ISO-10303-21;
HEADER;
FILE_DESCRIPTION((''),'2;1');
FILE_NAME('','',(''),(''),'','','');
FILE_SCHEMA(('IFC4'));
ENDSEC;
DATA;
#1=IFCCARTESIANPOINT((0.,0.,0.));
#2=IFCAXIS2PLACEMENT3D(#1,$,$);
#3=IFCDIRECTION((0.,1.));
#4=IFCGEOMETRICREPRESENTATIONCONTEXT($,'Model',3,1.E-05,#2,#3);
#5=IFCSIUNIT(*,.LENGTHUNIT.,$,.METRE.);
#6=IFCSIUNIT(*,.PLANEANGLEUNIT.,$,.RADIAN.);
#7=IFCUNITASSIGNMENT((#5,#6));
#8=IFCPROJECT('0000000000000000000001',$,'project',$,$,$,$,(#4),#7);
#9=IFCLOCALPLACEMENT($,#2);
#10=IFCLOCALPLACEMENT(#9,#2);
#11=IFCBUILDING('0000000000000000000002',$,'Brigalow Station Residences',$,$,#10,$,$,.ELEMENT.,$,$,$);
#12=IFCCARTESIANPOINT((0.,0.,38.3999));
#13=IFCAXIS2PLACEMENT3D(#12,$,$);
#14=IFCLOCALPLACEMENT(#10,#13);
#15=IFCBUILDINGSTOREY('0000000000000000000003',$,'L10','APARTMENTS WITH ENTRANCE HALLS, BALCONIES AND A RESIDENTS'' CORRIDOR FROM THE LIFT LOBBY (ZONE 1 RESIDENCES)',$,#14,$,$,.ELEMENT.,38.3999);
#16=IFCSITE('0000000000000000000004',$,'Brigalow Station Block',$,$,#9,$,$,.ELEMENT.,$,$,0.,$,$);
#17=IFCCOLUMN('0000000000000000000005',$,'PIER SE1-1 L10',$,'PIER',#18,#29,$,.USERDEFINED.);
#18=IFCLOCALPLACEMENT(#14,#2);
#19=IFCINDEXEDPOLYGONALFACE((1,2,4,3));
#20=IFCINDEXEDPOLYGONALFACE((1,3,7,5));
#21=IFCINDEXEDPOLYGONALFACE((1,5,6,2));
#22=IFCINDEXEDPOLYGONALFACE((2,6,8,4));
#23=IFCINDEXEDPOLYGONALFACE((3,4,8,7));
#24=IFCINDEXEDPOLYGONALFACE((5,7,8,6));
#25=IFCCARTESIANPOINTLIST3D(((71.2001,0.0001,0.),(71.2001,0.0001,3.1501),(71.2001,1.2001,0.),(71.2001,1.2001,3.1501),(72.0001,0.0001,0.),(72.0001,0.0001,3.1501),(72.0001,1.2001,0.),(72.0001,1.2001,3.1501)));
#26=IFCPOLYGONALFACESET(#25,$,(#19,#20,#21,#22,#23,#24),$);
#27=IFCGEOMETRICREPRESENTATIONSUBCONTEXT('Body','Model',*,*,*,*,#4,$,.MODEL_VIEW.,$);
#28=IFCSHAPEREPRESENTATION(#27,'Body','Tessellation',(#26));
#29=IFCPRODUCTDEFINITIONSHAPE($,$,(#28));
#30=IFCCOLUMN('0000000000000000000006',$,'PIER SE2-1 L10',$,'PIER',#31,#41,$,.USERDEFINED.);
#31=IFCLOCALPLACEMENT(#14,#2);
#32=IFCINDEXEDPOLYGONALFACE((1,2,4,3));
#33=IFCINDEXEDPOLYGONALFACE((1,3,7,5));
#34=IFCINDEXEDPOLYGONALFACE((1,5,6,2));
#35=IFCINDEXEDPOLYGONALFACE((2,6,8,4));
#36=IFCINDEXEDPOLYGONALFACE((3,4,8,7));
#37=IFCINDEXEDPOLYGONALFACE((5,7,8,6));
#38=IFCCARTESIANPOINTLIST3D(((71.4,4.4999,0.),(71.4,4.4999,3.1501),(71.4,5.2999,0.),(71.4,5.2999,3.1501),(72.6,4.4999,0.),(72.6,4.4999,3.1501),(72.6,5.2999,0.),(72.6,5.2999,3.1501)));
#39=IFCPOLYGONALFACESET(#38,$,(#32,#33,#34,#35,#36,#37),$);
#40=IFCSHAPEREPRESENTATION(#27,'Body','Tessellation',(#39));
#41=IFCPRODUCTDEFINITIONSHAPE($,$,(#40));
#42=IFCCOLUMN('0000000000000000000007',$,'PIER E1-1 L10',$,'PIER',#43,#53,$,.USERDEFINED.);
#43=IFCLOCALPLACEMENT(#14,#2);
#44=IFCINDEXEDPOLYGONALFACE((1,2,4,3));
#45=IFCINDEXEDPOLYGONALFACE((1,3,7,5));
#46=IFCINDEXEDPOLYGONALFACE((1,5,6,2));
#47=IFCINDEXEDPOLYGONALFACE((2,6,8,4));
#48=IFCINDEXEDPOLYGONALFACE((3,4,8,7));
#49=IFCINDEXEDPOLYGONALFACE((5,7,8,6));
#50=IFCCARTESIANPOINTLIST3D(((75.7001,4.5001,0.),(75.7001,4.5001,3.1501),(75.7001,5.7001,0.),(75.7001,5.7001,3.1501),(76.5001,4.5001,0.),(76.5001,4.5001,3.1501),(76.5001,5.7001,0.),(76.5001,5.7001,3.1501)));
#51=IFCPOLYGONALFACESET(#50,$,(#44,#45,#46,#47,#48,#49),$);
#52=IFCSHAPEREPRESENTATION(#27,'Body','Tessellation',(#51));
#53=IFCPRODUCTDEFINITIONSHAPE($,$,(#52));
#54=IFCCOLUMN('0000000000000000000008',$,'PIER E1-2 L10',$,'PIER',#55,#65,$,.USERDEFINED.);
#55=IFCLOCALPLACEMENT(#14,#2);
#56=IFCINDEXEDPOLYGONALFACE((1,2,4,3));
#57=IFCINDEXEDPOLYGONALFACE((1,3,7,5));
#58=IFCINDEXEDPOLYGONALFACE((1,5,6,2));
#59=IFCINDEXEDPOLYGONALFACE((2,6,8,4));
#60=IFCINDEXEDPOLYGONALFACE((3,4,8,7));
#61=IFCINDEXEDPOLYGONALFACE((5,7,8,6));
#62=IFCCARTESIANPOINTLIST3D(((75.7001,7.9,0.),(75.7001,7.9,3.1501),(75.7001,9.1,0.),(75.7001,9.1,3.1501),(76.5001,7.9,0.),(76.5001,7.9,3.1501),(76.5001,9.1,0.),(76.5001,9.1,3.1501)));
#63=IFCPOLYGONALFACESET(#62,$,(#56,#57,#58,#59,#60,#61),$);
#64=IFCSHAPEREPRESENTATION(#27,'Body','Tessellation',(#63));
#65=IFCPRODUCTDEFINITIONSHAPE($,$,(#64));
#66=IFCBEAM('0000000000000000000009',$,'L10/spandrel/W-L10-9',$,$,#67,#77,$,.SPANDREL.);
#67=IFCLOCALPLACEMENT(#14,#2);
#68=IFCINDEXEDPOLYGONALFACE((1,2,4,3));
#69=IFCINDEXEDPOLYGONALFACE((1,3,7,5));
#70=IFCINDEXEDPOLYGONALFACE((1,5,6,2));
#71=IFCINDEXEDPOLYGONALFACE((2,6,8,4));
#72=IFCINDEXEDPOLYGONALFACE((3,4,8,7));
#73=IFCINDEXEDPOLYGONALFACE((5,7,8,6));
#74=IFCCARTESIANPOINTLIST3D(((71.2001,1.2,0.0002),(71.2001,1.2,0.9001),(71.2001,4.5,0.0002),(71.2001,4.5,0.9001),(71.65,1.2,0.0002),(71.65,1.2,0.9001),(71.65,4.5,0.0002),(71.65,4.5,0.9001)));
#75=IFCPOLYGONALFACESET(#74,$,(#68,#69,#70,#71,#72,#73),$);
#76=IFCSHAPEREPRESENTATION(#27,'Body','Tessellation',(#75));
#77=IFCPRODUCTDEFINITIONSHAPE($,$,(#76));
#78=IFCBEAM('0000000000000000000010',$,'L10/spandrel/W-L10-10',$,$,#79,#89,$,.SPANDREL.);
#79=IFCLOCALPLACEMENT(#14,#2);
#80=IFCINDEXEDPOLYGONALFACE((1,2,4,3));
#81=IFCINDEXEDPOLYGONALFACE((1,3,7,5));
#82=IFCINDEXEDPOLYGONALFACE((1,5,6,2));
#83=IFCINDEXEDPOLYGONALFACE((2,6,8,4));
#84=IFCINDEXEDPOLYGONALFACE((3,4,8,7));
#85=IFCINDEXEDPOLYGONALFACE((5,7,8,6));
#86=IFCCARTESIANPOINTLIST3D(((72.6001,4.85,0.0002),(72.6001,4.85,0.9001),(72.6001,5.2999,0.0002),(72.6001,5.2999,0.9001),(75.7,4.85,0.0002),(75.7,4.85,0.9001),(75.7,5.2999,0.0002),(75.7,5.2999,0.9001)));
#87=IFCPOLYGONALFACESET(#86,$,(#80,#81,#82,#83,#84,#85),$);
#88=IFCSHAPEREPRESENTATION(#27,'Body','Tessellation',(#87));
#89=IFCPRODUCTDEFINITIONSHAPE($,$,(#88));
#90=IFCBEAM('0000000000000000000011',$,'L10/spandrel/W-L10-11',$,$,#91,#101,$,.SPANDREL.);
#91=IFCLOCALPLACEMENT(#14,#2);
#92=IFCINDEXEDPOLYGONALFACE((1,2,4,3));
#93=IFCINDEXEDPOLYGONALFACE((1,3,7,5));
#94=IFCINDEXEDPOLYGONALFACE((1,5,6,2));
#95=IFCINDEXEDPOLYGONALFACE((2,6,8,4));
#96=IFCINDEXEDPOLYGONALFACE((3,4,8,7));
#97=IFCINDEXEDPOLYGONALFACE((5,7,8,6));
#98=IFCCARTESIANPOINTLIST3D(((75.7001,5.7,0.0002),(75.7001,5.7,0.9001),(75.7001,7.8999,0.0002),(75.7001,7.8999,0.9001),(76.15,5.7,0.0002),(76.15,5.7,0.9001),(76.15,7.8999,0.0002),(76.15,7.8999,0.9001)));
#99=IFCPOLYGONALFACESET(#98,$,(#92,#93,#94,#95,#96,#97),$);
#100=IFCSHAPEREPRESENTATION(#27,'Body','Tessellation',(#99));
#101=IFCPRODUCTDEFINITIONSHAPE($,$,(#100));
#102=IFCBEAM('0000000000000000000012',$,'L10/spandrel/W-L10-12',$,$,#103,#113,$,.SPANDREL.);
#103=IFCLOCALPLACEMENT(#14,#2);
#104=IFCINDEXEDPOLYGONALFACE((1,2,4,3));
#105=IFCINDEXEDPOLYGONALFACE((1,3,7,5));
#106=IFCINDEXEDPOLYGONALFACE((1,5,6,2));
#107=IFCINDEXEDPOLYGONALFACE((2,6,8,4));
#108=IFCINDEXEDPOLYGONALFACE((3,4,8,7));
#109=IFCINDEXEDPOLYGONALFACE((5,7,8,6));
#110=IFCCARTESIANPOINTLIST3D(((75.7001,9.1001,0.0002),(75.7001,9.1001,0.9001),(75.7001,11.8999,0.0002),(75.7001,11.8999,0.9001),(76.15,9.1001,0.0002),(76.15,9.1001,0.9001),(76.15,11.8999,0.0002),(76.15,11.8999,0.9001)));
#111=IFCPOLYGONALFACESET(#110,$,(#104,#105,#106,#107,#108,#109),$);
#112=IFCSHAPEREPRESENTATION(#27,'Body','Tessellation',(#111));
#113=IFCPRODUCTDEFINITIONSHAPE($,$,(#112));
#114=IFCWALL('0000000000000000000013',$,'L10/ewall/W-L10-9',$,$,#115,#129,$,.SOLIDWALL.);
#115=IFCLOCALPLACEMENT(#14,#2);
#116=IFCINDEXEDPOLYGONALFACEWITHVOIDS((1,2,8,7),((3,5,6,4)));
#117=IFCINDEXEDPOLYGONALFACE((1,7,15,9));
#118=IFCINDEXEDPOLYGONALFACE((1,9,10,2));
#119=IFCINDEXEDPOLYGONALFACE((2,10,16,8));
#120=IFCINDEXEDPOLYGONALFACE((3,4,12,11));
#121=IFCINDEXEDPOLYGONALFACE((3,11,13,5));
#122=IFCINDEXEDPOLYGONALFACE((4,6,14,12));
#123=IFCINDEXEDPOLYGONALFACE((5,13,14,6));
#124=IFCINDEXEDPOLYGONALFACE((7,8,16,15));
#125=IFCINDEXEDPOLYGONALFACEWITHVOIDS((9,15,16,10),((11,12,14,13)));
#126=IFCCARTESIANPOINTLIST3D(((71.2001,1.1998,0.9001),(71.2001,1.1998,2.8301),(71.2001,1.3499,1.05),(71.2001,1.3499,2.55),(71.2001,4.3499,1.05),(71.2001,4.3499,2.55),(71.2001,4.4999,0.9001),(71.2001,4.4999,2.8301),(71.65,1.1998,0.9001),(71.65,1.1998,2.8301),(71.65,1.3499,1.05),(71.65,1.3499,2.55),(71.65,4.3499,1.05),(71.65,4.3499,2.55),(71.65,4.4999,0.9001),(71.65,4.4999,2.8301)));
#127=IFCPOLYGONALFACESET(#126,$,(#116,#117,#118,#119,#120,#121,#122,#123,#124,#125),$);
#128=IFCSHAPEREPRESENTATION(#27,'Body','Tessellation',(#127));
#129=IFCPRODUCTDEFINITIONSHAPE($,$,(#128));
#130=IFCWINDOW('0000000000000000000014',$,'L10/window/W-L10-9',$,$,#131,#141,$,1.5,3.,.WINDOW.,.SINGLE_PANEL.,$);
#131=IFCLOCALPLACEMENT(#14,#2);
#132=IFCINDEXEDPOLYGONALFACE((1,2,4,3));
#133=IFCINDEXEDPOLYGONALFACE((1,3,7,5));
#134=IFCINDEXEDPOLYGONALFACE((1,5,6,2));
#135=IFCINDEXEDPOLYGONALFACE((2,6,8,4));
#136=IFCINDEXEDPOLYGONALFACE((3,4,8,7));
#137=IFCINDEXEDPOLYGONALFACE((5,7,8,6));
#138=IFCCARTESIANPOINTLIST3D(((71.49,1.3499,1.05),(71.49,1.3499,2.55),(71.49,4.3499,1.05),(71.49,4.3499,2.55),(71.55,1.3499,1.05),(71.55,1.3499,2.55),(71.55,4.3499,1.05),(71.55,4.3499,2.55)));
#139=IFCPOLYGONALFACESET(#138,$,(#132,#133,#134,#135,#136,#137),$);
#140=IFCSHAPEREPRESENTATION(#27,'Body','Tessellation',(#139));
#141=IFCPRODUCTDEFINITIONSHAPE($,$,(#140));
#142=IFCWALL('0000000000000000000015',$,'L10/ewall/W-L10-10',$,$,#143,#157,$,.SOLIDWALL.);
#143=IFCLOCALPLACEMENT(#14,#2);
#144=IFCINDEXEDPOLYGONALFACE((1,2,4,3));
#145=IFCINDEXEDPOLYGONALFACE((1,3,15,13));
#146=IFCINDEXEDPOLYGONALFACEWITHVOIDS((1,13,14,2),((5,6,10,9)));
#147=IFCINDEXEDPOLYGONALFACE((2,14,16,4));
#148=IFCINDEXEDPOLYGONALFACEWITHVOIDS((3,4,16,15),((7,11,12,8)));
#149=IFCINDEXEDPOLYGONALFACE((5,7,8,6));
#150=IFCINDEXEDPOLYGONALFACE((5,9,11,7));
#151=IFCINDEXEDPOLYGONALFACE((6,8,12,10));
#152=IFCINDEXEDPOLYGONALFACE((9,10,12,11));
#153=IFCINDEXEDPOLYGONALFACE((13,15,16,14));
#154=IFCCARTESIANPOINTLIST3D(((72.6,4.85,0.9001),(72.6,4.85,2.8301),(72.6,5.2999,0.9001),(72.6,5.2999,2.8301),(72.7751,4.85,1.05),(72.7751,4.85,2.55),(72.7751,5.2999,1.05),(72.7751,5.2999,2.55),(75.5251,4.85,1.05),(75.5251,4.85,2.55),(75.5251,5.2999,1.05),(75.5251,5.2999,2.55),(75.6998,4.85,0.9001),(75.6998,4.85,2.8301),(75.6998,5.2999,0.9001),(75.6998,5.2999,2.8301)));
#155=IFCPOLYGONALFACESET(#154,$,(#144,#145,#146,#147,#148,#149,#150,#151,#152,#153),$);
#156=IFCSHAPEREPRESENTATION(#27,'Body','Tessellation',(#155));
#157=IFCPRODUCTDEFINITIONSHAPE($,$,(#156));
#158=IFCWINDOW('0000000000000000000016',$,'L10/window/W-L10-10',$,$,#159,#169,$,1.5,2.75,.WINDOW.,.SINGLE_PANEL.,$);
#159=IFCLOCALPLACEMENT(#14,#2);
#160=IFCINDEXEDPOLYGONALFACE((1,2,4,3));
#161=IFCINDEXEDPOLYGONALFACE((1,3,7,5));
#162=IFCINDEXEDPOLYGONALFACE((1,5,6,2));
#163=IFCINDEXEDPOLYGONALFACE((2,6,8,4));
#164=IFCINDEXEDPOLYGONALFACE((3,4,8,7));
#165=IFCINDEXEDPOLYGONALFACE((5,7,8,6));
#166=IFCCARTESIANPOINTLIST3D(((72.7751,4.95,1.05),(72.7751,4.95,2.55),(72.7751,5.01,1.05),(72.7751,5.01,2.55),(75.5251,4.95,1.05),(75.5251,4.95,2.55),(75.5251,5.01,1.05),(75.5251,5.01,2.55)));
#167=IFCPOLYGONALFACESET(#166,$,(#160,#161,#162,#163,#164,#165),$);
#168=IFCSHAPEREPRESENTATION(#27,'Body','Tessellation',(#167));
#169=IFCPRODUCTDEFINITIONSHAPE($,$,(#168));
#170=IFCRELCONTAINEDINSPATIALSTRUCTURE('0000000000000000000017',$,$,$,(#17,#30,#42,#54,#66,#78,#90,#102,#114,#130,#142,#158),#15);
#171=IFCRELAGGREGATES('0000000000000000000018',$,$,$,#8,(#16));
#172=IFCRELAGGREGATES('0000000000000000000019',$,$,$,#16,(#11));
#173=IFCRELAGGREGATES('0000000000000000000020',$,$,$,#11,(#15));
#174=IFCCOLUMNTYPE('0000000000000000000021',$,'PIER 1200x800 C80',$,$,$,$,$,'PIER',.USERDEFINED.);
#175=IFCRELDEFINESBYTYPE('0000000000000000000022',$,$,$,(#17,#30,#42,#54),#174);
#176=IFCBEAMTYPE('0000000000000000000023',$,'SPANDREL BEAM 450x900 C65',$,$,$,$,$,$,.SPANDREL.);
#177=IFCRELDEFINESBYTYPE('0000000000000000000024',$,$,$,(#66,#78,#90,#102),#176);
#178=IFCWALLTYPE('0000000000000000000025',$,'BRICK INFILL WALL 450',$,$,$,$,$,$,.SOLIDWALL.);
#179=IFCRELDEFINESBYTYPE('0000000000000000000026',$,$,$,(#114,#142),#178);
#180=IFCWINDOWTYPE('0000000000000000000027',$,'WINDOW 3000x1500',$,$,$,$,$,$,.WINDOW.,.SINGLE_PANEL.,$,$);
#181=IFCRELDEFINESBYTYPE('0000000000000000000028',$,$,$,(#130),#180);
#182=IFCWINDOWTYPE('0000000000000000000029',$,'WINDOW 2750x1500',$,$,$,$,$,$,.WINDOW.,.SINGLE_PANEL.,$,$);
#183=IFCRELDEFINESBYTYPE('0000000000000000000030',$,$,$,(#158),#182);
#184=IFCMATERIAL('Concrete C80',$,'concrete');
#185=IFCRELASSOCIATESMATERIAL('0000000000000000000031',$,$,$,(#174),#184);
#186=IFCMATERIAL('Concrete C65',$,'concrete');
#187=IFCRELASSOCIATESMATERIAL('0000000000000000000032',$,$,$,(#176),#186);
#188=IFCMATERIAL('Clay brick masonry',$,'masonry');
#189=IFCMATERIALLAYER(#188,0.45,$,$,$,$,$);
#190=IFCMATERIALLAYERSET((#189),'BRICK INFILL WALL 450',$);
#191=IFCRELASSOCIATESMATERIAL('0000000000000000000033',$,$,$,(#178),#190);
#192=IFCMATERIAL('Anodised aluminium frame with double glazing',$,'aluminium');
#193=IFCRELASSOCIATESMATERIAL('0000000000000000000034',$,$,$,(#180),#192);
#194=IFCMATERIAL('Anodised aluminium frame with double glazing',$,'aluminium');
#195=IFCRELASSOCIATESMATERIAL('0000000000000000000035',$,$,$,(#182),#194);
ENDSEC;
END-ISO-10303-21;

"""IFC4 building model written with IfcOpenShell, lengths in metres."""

from ifc_helpers import new_model, si_unit, direction, frame, frame_2d, origin, origin_2d, place, context, subcontext, project, spatial, rectangle, extrude, material, layer, layer_set, material_profile, profile_set, type_object, element, fill, save


model = new_model("IFC4")

# Units and contexts
model_context = context("Model", 3, precision=1e-05, world=origin(), true_north=direction((0.0, 1.0)))
body_context = subcontext(model_context, "Body", "Model", "MODEL_VIEW")
ifc_project = project(units=[si_unit("LENGTHUNIT", "METRE"), si_unit("PLANEANGLEUNIT", "RADIAN")], contexts=[model_context])

# Site, building, storey
site_placement = place(None, origin())
site = spatial("IfcSite", under=ifc_project, at=site_placement, Name="Brigalow Station Block", CompositionType="ELEMENT", RefElevation=0.0)
building_placement = place(site_placement, origin())
building = spatial("IfcBuilding", under=site, at=building_placement, Name="Brigalow Station Residences", CompositionType="ELEMENT")
storey_placement = place(building_placement, frame((0.0, 0.0, 38.3999)))
storey = spatial("IfcBuildingStorey", under=building, at=storey_placement, Name="L10", Description="APARTMENTS WITH ENTRANCE HALLS, BALCONIES AND A RESIDENTS' CORRIDOR FROM THE LIFT LOBBY (ZONE 1 RESIDENCES)", CompositionType="ELEMENT", Elevation=38.3999)

# Columns
ifc_material_1 = material(Name="Concrete C80", Category="concrete")
ifc_material_profile_1 = material_profile(ifc_material_1, rectangle(XDim=1.2, YDim=0.8, at=origin_2d()), Name="RC1200x800")
ifc_profile_set_1 = profile_set([ifc_material_profile_1], Name="Concrete C80")
column_type = type_object("IfcColumnType", Name="PIER 1200x800 C80", ElementType="PIER", PredefinedType="USERDEFINED", material=ifc_profile_set_1)
for number, where, z_axis, x_axis, name in (
    (1, (71.6001, 0.6001, 0.0), (0.0, 0.0, 1.0), (0.0, 1.0, 0.0), "PIER SE1-1 L10"),
    (2, (72.0, 4.8999, 0.0), (0.0, 0.0, 1.0), (1.0, 0.0, 0.0), "PIER SE2-1 L10"),
    (3, (76.1001, 5.1001, 0.0), (0.0, 0.0, 1.0), (0.0, 1.0, 0.0), "PIER E1-1 L10"),
    (4, (76.1001, 8.5, 0.0), (0.0, 0.0, 1.0), (0.0, 1.0, 0.0), "PIER E1-2 L10"),
):
    element("IfcColumn", number, at=place(storey_placement, frame(where, z_axis=z_axis, x_axis=x_axis)), inside=storey, type_object=column_type, Name=name, ObjectType="PIER", PredefinedType="USERDEFINED", context=body_context, shape_type="SweptSolid", body=[
        extrude(rectangle(XDim=1.2, YDim=0.8, at=origin_2d()), origin(), (0.0, 0.0, 1.0), 3.1501),
    ])

# Beams
ifc_material_2 = material(Name="Concrete C65", Category="concrete")
ifc_material_profile_2 = material_profile(ifc_material_2, rectangle(XDim=0.45, YDim=0.8999, at=origin_2d()), Name="RC450x900")
ifc_profile_set_2 = profile_set([ifc_material_profile_2], Name="Concrete C65")
beam_type = type_object("IfcBeamType", Name="SPANDREL BEAM 450x900 C65", PredefinedType="SPANDREL", material=ifc_profile_set_2)
beam_1_placement = place(storey_placement, frame((71.425, 1.2, 0.4502), z_axis=(0.0, 1.0, 0.0), x_axis=(-1.0, 0.0, 0.0)))
element("IfcBeam", 5, at=beam_1_placement, inside=storey, type_object=beam_type, Name="L10/spandrel/W-L10-9", PredefinedType="SPANDREL", context=body_context, shape_type="SweptSolid", body=[
    extrude(rectangle(XDim=0.45, YDim=0.8999, at=origin_2d()), origin(), (0.0, 0.0, 1.0), 3.3),
])
beam_2_placement = place(storey_placement, frame((72.6001, 5.075, 0.4502), z_axis=(1.0, 0.0, 0.0), x_axis=(0.0, 1.0, 0.0)))
element("IfcBeam", 6, at=beam_2_placement, inside=storey, type_object=beam_type, Name="L10/spandrel/W-L10-10", PredefinedType="SPANDREL", context=body_context, shape_type="SweptSolid", body=[
    extrude(rectangle(XDim=0.45, YDim=0.8999, at=origin_2d()), origin(), (0.0, 0.0, 1.0), 3.0999),
])
beam_3_placement = place(storey_placement, frame((75.925, 5.7, 0.4502), z_axis=(0.0, 1.0, 0.0), x_axis=(-1.0, 0.0, 0.0)))
element("IfcBeam", 7, at=beam_3_placement, inside=storey, type_object=beam_type, Name="L10/spandrel/W-L10-11", PredefinedType="SPANDREL", context=body_context, shape_type="SweptSolid", body=[
    extrude(rectangle(XDim=0.45, YDim=0.8999, at=origin_2d()), origin(), (0.0, 0.0, 1.0), 2.2),
])
beam_4_placement = place(storey_placement, frame((75.925, 9.1001, 0.4502), z_axis=(0.0, 1.0, 0.0), x_axis=(-1.0, 0.0, 0.0)))
element("IfcBeam", 8, at=beam_4_placement, inside=storey, type_object=beam_type, Name="L10/spandrel/W-L10-12", PredefinedType="SPANDREL", context=body_context, shape_type="SweptSolid", body=[
    extrude(rectangle(XDim=0.45, YDim=0.8999, at=origin_2d()), origin(), (0.0, 0.0, 1.0), 2.7998),
])

# Walls, openings, windows
ifc_material_3 = material(Name="Clay brick masonry", Category="masonry")
ifc_layer_1 = layer(ifc_material_3, 0.45)
ifc_layer_set_1 = layer_set([ifc_layer_1], Name="BRICK INFILL WALL 450")
wall_type_1 = type_object("IfcWallType", Name="BRICK INFILL WALL 450", PredefinedType="SOLIDWALL", material=ifc_layer_set_1)
wall_1_placement = place(storey_placement, frame((71.425, 1.2, 0.9001), z_axis=(0.0, 0.0, 1.0), x_axis=(0.0, 1.0, 0.0)))
wall_1 = element("IfcWall", 9, at=wall_1_placement, inside=storey, type_object=wall_type_1, Name="L10/ewall/W-L10-9", PredefinedType="SOLIDWALL", context=body_context, shape_type="SweptSolid", body=[
    extrude(rectangle(XDim=3.3, YDim=0.45, at=frame_2d((1.6499, 0.0))), origin(), (0.0, 0.0, 1.0), 1.9299),
])
opening_1_placement = place(wall_1_placement, frame((0.1499, 0.0, 0.1499)))
opening_1 = element("IfcOpeningElement", 10, at=opening_1_placement, cuts=wall_1, PredefinedType="OPENING", context=body_context, shape_type="SweptSolid", body=[
    extrude(rectangle(XDim=3.0, YDim=1.5, at=frame_2d((1.5, 0.75))), frame((0.0, 0.2349, 0.0), z_axis=(0.0, -1.0, 0.0), x_axis=(1.0, 0.0, 0.0)), (0.0, 0.0, 1.0), 0.47),
])
ifc_material_4 = material(Name="Anodised aluminium frame with double glazing", Category="aluminium")
window_type_1 = type_object("IfcWindowType", Name="WINDOW 3000x1500", PartitioningType="SINGLE_PANEL", PredefinedType="WINDOW", material=ifc_material_4)
window_1_placement = place(opening_1_placement, origin())
window_1 = element("IfcWindow", 11, at=window_1_placement, inside=storey, type_object=window_type_1, Name="L10/window/W-L10-9", OverallHeight=1.5, OverallWidth=3.0, PartitioningType="SINGLE_PANEL", PredefinedType="WINDOW", context=body_context, shape_type="SweptSolid", body=[
    extrude(rectangle(XDim=3.0, YDim=1.5, at=frame_2d((1.5, 0.75))), frame((0.0, -0.0649, 0.0), z_axis=(0.0, -1.0, 0.0), x_axis=(1.0, 0.0, 0.0)), (0.0, 0.0, 1.0), 0.0601),
])
fill(opening_1, window_1)
wall_2_placement = place(storey_placement, frame((72.6001, 5.075, 0.9001), z_axis=(0.0, 0.0, 1.0), x_axis=(1.0, 0.0, 0.0)))
wall_2 = element("IfcWall", 12, at=wall_2_placement, inside=storey, type_object=wall_type_1, Name="L10/ewall/W-L10-10", PredefinedType="SOLIDWALL", context=body_context, shape_type="SweptSolid", body=[
    extrude(rectangle(XDim=3.0999, YDim=0.45, at=frame_2d((1.5498, 0.0))), origin(), (0.0, 0.0, 1.0), 1.9299),
])
opening_2_placement = place(wall_2_placement, frame((0.175, 0.0, 0.1499)))
opening_2 = element("IfcOpeningElement", 13, at=opening_2_placement, cuts=wall_2, PredefinedType="OPENING", context=body_context, shape_type="SweptSolid", body=[
    extrude(rectangle(XDim=2.75, YDim=1.5, at=frame_2d((1.375, 0.75))), frame((0.0, 0.2349, 0.0), z_axis=(0.0, -1.0, 0.0), x_axis=(1.0, 0.0, 0.0)), (0.0, 0.0, 1.0), 0.47),
])
ifc_material_5 = material(Name="Anodised aluminium frame with double glazing", Category="aluminium")
window_type_2 = type_object("IfcWindowType", Name="WINDOW 2750x1500", PartitioningType="SINGLE_PANEL", PredefinedType="WINDOW", material=ifc_material_5)
window_2_placement = place(opening_2_placement, origin())
window_2 = element("IfcWindow", 14, at=window_2_placement, inside=storey, type_object=window_type_2, Name="L10/window/W-L10-10", OverallHeight=1.5, OverallWidth=2.75, PartitioningType="SINGLE_PANEL", PredefinedType="WINDOW", context=body_context, shape_type="SweptSolid", body=[
    extrude(rectangle(XDim=2.75, YDim=1.5, at=frame_2d((1.375, 0.75))), frame((0.0, -0.0649, 0.0), z_axis=(0.0, -1.0, 0.0), x_axis=(1.0, 0.0, 0.0)), (0.0, 0.0, 1.0), 0.0601),
])
fill(opening_2, window_2)

save(model, "model.ifc")
